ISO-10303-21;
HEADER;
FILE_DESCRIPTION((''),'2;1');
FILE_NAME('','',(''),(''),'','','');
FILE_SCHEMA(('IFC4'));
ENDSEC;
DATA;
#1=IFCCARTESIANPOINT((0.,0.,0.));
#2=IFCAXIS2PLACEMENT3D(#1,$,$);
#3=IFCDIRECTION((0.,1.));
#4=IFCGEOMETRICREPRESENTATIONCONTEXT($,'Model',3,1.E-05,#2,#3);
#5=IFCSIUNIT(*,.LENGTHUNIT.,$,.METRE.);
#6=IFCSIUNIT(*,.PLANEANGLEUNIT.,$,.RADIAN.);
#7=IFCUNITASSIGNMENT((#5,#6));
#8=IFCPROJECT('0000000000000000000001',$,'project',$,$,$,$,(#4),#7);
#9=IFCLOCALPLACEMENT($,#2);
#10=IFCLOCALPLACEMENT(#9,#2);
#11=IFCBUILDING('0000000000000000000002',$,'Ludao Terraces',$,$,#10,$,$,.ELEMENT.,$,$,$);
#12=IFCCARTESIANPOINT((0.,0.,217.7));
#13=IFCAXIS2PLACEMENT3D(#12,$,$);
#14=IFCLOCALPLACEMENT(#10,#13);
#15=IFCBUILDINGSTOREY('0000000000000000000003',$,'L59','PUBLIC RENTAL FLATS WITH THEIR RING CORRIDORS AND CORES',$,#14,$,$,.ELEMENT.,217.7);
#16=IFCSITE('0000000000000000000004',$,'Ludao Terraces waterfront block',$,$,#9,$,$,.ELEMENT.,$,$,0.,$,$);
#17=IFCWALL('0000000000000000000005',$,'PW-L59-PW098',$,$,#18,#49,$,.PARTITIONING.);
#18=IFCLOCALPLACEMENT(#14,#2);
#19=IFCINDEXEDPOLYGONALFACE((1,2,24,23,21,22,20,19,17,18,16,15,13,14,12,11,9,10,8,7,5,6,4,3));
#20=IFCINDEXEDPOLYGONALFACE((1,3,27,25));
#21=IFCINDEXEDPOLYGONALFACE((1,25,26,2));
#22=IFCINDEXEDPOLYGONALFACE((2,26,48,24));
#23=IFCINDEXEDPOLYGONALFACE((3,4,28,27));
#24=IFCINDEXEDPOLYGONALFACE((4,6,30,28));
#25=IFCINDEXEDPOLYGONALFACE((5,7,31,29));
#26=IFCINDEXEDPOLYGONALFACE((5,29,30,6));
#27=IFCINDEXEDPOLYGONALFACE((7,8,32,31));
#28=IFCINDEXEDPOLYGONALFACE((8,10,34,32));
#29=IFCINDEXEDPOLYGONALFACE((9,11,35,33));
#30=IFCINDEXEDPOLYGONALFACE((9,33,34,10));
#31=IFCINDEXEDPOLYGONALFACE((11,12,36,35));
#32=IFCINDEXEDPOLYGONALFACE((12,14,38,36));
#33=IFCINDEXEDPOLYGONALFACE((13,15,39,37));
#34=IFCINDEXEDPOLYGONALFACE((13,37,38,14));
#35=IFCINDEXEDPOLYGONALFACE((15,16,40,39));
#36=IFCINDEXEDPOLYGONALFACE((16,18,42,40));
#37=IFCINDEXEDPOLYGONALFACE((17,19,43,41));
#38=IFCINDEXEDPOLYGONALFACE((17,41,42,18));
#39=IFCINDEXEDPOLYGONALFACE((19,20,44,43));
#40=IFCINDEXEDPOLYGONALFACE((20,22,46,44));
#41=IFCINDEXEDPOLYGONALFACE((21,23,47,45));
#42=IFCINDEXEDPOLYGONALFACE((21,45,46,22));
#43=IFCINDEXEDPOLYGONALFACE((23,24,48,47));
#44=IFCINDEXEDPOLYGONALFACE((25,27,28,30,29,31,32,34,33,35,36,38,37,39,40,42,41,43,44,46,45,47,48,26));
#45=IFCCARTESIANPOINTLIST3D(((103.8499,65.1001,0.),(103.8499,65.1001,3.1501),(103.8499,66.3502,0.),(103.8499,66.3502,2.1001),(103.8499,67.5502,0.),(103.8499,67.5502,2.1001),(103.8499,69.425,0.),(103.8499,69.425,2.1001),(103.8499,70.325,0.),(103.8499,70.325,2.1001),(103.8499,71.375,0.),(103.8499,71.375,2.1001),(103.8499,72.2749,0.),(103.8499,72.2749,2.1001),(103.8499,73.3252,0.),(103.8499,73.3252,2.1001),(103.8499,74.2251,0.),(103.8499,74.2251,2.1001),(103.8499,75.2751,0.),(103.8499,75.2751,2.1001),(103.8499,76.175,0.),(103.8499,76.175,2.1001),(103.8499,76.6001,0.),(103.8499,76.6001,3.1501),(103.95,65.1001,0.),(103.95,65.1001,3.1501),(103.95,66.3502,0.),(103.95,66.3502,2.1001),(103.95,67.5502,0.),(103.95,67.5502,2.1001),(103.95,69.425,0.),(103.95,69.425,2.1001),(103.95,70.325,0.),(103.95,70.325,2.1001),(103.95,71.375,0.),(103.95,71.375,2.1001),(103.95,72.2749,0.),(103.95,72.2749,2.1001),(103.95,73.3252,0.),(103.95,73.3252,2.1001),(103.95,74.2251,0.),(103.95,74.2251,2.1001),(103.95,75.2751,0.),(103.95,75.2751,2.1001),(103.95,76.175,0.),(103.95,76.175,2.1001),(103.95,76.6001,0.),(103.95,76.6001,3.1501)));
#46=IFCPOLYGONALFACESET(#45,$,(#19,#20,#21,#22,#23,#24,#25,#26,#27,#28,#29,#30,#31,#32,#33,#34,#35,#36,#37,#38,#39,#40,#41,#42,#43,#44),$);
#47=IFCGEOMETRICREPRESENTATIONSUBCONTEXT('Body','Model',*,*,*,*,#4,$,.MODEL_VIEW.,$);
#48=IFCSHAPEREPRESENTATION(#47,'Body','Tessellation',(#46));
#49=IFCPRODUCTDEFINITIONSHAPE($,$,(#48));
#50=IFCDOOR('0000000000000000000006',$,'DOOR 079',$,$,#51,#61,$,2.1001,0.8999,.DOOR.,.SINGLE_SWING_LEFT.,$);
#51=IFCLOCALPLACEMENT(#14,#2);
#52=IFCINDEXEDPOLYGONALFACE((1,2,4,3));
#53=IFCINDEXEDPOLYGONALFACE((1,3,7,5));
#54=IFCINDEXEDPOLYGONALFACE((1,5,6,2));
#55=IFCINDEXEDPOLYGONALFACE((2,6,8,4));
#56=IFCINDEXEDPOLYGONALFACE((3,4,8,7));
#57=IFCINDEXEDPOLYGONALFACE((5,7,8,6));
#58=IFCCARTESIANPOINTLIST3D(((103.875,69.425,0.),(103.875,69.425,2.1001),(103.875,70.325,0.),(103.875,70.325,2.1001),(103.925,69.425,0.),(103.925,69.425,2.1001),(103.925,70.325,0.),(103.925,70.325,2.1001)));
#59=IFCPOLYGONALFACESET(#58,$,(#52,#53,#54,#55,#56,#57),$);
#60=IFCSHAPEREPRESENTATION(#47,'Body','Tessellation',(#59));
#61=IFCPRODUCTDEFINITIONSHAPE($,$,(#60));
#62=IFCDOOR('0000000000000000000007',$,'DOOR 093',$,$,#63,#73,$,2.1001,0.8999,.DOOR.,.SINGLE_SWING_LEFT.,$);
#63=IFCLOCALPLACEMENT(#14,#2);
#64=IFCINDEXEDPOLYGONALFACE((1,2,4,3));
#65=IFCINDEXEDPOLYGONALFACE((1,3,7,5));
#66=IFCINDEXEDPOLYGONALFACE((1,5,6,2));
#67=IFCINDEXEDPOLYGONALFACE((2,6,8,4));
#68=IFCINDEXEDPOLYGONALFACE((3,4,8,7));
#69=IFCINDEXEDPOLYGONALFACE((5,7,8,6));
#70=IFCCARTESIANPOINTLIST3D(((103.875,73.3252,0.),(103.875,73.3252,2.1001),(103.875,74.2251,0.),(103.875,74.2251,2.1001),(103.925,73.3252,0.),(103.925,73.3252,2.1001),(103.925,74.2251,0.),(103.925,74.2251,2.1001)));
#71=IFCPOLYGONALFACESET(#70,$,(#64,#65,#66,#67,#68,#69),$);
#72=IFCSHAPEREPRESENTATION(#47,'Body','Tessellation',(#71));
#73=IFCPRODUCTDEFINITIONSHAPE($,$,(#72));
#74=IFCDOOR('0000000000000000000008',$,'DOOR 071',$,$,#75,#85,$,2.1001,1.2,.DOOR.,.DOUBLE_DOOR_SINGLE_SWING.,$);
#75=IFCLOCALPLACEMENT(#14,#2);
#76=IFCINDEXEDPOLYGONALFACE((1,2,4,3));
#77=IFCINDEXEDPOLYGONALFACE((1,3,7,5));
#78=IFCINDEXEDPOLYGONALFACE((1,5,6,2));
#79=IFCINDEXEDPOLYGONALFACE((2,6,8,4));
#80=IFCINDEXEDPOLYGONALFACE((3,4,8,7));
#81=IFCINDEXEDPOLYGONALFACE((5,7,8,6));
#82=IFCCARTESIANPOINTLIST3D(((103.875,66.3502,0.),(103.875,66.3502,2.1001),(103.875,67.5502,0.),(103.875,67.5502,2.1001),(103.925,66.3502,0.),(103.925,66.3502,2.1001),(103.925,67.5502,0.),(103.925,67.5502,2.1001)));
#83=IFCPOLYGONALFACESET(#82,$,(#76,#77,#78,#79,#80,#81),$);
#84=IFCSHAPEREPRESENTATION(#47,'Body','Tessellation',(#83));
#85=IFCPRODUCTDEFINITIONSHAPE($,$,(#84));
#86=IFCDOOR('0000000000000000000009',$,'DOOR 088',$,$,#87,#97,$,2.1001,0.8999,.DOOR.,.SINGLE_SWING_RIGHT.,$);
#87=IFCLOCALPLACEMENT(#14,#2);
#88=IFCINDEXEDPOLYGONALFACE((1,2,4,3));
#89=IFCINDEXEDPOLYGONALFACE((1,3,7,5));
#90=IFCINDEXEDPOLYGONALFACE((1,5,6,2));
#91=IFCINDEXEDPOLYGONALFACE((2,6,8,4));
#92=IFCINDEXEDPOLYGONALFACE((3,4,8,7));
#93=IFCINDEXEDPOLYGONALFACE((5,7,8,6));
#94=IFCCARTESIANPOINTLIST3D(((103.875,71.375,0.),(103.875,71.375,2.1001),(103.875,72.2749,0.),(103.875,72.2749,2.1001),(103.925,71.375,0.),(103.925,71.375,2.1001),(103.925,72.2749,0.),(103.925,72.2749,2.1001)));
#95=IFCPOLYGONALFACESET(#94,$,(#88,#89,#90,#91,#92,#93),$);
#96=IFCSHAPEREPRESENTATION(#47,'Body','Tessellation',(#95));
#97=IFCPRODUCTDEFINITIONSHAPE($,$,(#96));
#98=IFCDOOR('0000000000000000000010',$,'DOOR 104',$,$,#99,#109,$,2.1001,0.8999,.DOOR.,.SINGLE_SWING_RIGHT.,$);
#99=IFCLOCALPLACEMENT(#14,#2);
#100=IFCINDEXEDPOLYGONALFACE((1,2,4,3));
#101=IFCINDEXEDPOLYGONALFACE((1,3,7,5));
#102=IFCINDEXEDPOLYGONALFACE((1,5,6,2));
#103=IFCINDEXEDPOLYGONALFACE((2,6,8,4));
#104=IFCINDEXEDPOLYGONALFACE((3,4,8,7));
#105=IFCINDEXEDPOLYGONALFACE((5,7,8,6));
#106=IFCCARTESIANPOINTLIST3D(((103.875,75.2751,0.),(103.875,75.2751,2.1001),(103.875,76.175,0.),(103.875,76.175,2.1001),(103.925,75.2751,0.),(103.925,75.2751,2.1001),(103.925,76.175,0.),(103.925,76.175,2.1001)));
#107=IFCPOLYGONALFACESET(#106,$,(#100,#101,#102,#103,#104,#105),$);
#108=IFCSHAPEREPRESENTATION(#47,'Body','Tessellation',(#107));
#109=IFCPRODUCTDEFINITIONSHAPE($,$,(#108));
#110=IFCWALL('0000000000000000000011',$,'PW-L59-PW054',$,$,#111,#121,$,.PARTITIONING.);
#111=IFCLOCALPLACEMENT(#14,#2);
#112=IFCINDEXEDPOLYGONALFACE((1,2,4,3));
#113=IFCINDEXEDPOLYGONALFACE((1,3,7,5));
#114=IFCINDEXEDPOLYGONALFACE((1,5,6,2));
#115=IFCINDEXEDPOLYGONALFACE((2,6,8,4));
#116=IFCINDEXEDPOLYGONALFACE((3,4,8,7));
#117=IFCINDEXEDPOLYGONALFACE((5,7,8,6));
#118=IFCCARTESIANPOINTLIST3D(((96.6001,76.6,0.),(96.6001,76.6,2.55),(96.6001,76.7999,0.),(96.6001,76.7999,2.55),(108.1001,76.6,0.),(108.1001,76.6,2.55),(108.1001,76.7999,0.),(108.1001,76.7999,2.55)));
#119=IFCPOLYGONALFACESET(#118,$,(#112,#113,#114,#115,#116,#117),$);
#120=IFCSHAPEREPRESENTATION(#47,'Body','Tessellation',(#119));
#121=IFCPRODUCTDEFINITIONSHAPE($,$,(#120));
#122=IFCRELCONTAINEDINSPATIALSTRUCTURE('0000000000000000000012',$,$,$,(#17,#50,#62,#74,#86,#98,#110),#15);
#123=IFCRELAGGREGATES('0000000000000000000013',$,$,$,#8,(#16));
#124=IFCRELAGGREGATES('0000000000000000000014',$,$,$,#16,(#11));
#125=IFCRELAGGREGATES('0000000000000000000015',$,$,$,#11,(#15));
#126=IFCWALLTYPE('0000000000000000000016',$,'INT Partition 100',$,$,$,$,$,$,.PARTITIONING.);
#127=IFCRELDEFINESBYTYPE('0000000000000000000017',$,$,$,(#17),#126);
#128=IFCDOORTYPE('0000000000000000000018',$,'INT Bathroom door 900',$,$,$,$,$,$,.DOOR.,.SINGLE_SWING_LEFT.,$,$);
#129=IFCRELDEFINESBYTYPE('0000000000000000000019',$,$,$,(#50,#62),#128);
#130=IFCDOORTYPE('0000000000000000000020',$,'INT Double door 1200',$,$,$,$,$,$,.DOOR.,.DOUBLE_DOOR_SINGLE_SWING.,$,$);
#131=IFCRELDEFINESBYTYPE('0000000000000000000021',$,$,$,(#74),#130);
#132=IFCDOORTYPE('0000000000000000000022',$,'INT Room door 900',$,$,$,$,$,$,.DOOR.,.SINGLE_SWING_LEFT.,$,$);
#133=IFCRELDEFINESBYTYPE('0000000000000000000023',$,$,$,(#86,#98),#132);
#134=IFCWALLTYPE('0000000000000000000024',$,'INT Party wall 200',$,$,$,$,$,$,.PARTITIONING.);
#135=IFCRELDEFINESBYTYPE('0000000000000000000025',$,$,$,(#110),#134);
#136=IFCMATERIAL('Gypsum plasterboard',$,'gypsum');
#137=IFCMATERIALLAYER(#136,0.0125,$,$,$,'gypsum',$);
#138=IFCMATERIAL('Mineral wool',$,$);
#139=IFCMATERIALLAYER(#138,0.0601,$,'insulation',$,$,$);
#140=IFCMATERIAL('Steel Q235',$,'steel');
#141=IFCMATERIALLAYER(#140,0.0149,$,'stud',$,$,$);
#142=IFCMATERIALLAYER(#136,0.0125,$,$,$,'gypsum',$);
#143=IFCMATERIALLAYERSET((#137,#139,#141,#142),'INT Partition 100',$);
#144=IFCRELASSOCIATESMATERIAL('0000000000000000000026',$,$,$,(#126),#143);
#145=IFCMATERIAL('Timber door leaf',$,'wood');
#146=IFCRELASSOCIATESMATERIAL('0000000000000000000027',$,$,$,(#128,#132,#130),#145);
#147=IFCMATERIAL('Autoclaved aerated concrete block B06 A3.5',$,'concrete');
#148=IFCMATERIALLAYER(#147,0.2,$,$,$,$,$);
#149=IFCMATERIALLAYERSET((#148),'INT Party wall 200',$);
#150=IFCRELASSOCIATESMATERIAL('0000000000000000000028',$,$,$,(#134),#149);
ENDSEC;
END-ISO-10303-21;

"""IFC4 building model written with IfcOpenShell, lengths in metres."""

from ifc_helpers import new_model, si_unit, direction, frame, frame_2d, origin, place, context, subcontext, project, spatial, rectangle, extrude, material, layer, layer_set, type_object, element, fill, save


model = new_model("IFC4")

# Units and contexts
model_context = context("Model", 3, precision=1e-05, world=origin(), true_north=direction((0.0, 1.0)))
body_context = subcontext(model_context, "Body", "Model", "MODEL_VIEW")
ifc_project = project(units=[si_unit("LENGTHUNIT", "METRE"), si_unit("PLANEANGLEUNIT", "RADIAN")], contexts=[model_context])

# Site, building, storey
site_placement = place(None, origin())
site = spatial("IfcSite", under=ifc_project, at=site_placement, Name="Ludao Terraces waterfront block", CompositionType="ELEMENT", RefElevation=0.0)
building_placement = place(site_placement, origin())
building = spatial("IfcBuilding", under=site, at=building_placement, Name="Ludao Terraces", CompositionType="ELEMENT")
storey_placement = place(building_placement, frame((0.0, 0.0, 217.7)))
storey = spatial("IfcBuildingStorey", under=building, at=storey_placement, Name="L59", Description="PUBLIC RENTAL FLATS WITH THEIR RING CORRIDORS AND CORES", CompositionType="ELEMENT", Elevation=217.7)

# Shared definitions
ifc_material_1 = material(Name="Mineral wool")

# Shared definitions
ifc_material_2 = material(Name="Gypsum plasterboard", Category="gypsum")
ifc_layer_1 = layer(ifc_material_2, 0.0125, Category="gypsum")
ifc_layer_2 = layer(ifc_material_1, 0.0601, Name="insulation")
ifc_material_3 = material(Name="Steel Q235", Category="steel")
ifc_layer_3 = layer(ifc_material_3, 0.0149, Name="stud")
ifc_layer_4 = layer(ifc_material_2, 0.0125, Category="gypsum")
ifc_layer_set_1 = layer_set([ifc_layer_1, ifc_layer_2, ifc_layer_3, ifc_layer_4], Name="INT Partition 100")
wall_type_1 = type_object("IfcWallType", Name="INT Partition 100", PredefinedType="PARTITIONING", material=ifc_layer_set_1)

# Wall, openings, doors
ifc_material_4 = material(Name="Timber door leaf", Category="wood")
door_type_1 = type_object("IfcDoorType", Name="INT Bathroom door 900", OperationType="SINGLE_SWING_LEFT", PredefinedType="DOOR", material=ifc_material_4)
door_type_2 = type_object("IfcDoorType", Name="INT Room door 900", OperationType="SINGLE_SWING_LEFT", PredefinedType="DOOR", material=ifc_material_4)
wall_1_placement = place(storey_placement, frame((103.8999, 65.1001, 0.0), z_axis=(0.0, 0.0, 1.0), x_axis=(0.0, 1.0, 0.0)))
wall_1 = element("IfcWall", 1, at=wall_1_placement, inside=storey, type_object=wall_type_1, Name="PW-L59-PW098", PredefinedType="PARTITIONING", context=body_context, shape_type="SweptSolid", body=[
    extrude(rectangle(XDim=11.5, YDim=0.1001, at=frame_2d((5.75, 0.0))), origin(), (0.0, 0.0, 1.0), 3.1501),
])
opening_1_placement = place(wall_1_placement, frame((1.25, 0.0, 0.0)))
opening_1 = element("IfcOpeningElement", 2, at=opening_1_placement, cuts=wall_1, PredefinedType="OPENING", context=body_context, shape_type="SweptSolid", body=[
    extrude(rectangle(XDim=1.2, YDim=2.1001, at=frame_2d((0.6001, 1.05))), frame((0.0, 0.0601, 0.0), z_axis=(0.0, -1.0, 0.0), x_axis=(1.0, 0.0, 0.0)), (0.0, 0.0, 1.0), 0.1201),
])
opening_2_placement = place(wall_1_placement, frame((4.325, 0.0, 0.0)))
opening_2 = element("IfcOpeningElement", 3, at=opening_2_placement, cuts=wall_1, PredefinedType="OPENING", context=body_context, shape_type="SweptSolid", body=[
    extrude(rectangle(XDim=0.8999, YDim=2.1001, at=frame_2d((0.45, 1.05))), frame((0.0, 0.0601, 0.0), z_axis=(0.0, -1.0, 0.0), x_axis=(1.0, 0.0, 0.0)), (0.0, 0.0, 1.0), 0.1201),
])
opening_3_placement = place(wall_1_placement, frame((6.2749, 0.0, 0.0)))
opening_3 = element("IfcOpeningElement", 4, at=opening_3_placement, cuts=wall_1, PredefinedType="OPENING", context=body_context, shape_type="SweptSolid", body=[
    extrude(rectangle(XDim=0.8999, YDim=2.1001, at=frame_2d((0.45, 1.05))), frame((0.0, 0.0601, 0.0), z_axis=(0.0, -1.0, 0.0), x_axis=(1.0, 0.0, 0.0)), (0.0, 0.0, 1.0), 0.1201),
])
opening_4_placement = place(wall_1_placement, frame((8.2251, 0.0, 0.0)))
opening_4 = element("IfcOpeningElement", 5, at=opening_4_placement, cuts=wall_1, PredefinedType="OPENING", context=body_context, shape_type="SweptSolid", body=[
    extrude(rectangle(XDim=0.8999, YDim=2.1001, at=frame_2d((0.45, 1.05))), frame((0.0, 0.0601, 0.0), z_axis=(0.0, -1.0, 0.0), x_axis=(1.0, 0.0, 0.0)), (0.0, 0.0, 1.0), 0.1201),
])
opening_5_placement = place(wall_1_placement, frame((10.175, 0.0, 0.0)))
opening_5 = element("IfcOpeningElement", 6, at=opening_5_placement, cuts=wall_1, PredefinedType="OPENING", context=body_context, shape_type="SweptSolid", body=[
    extrude(rectangle(XDim=0.8999, YDim=2.1001, at=frame_2d((0.45, 1.05))), frame((0.0, 0.0601, 0.0), z_axis=(0.0, -1.0, 0.0), x_axis=(1.0, 0.0, 0.0)), (0.0, 0.0, 1.0), 0.1201),
])
door_1_placement = place(opening_2_placement, origin())
door_1 = element("IfcDoor", 7, at=door_1_placement, inside=storey, type_object=door_type_1, Name="DOOR 079", OperationType="SINGLE_SWING_LEFT", OverallHeight=2.1001, OverallWidth=0.8999, PredefinedType="DOOR", context=body_context, shape_type="SweptSolid", body=[
    extrude(rectangle(XDim=0.8999, YDim=2.1001, at=frame_2d((0.45, 1.05))), frame((0.0, 0.0249, 0.0), z_axis=(0.0, -1.0, 0.0), x_axis=(1.0, 0.0, 0.0)), (0.0, 0.0, 1.0), 0.05),
])
fill(opening_2, door_1)
door_2_placement = place(opening_4_placement, origin())
door_2 = element("IfcDoor", 8, at=door_2_placement, inside=storey, type_object=door_type_1, Name="DOOR 093", OperationType="SINGLE_SWING_LEFT", OverallHeight=2.1001, OverallWidth=0.8999, PredefinedType="DOOR", context=body_context, shape_type="SweptSolid", body=[
    extrude(rectangle(XDim=0.8999, YDim=2.1001, at=frame_2d((0.45, 1.05))), frame((0.0, 0.0249, 0.0), z_axis=(0.0, -1.0, 0.0), x_axis=(1.0, 0.0, 0.0)), (0.0, 0.0, 1.0), 0.05),
])
fill(opening_4, door_2)
door_type_3 = type_object("IfcDoorType", Name="INT Double door 1200", OperationType="DOUBLE_DOOR_SINGLE_SWING", PredefinedType="DOOR", material=ifc_material_4)
door_3_placement = place(opening_1_placement, origin())
door_3 = element("IfcDoor", 9, at=door_3_placement, inside=storey, type_object=door_type_3, Name="DOOR 071", OperationType="DOUBLE_DOOR_SINGLE_SWING", OverallHeight=2.1001, OverallWidth=1.2, PredefinedType="DOOR", context=body_context, shape_type="SweptSolid", body=[
    extrude(rectangle(XDim=1.2, YDim=2.1001, at=frame_2d((0.6001, 1.05))), frame((0.0, 0.0249, 0.0), z_axis=(0.0, -1.0, 0.0), x_axis=(1.0, 0.0, 0.0)), (0.0, 0.0, 1.0), 0.05),
])
fill(opening_1, door_3)
door_4_placement = place(opening_3_placement, origin())
door_4 = element("IfcDoor", 10, at=door_4_placement, inside=storey, type_object=door_type_2, Name="DOOR 088", OperationType="SINGLE_SWING_RIGHT", OverallHeight=2.1001, OverallWidth=0.8999, PredefinedType="DOOR", context=body_context, shape_type="SweptSolid", body=[
    extrude(rectangle(XDim=0.8999, YDim=2.1001, at=frame_2d((0.45, 1.05))), frame((0.0, 0.0249, 0.0), z_axis=(0.0, -1.0, 0.0), x_axis=(1.0, 0.0, 0.0)), (0.0, 0.0, 1.0), 0.05),
])
fill(opening_3, door_4)
door_5_placement = place(opening_5_placement, origin())
door_5 = element("IfcDoor", 11, at=door_5_placement, inside=storey, type_object=door_type_2, Name="DOOR 104", OperationType="SINGLE_SWING_RIGHT", OverallHeight=2.1001, OverallWidth=0.8999, PredefinedType="DOOR", context=body_context, shape_type="SweptSolid", body=[
    extrude(rectangle(XDim=0.8999, YDim=2.1001, at=frame_2d((0.45, 1.05))), frame((0.0, 0.0249, 0.0), z_axis=(0.0, -1.0, 0.0), x_axis=(1.0, 0.0, 0.0)), (0.0, 0.0, 1.0), 0.05),
])
fill(opening_5, door_5)

# Wall
ifc_material_5 = material(Name="Autoclaved aerated concrete block B06 A3.5", Category="concrete")
ifc_layer_5 = layer(ifc_material_5, 0.2)
ifc_layer_set_2 = layer_set([ifc_layer_5], Name="INT Party wall 200")
wall_type_2 = type_object("IfcWallType", Name="INT Party wall 200", PredefinedType="PARTITIONING", material=ifc_layer_set_2)
wall_2_placement = place(storey_placement, frame((96.6001, 76.7, 0.0), z_axis=(0.0, 0.0, 1.0), x_axis=(1.0, 0.0, 0.0)))
element("IfcWall", 12, at=wall_2_placement, inside=storey, type_object=wall_type_2, Name="PW-L59-PW054", PredefinedType="PARTITIONING", context=body_context, shape_type="SweptSolid", body=[
    extrude(rectangle(XDim=11.5, YDim=0.2, at=frame_2d((5.75, 0.0))), origin(), (0.0, 0.0, 1.0), 2.55),
])

save(model, "model.ifc")
